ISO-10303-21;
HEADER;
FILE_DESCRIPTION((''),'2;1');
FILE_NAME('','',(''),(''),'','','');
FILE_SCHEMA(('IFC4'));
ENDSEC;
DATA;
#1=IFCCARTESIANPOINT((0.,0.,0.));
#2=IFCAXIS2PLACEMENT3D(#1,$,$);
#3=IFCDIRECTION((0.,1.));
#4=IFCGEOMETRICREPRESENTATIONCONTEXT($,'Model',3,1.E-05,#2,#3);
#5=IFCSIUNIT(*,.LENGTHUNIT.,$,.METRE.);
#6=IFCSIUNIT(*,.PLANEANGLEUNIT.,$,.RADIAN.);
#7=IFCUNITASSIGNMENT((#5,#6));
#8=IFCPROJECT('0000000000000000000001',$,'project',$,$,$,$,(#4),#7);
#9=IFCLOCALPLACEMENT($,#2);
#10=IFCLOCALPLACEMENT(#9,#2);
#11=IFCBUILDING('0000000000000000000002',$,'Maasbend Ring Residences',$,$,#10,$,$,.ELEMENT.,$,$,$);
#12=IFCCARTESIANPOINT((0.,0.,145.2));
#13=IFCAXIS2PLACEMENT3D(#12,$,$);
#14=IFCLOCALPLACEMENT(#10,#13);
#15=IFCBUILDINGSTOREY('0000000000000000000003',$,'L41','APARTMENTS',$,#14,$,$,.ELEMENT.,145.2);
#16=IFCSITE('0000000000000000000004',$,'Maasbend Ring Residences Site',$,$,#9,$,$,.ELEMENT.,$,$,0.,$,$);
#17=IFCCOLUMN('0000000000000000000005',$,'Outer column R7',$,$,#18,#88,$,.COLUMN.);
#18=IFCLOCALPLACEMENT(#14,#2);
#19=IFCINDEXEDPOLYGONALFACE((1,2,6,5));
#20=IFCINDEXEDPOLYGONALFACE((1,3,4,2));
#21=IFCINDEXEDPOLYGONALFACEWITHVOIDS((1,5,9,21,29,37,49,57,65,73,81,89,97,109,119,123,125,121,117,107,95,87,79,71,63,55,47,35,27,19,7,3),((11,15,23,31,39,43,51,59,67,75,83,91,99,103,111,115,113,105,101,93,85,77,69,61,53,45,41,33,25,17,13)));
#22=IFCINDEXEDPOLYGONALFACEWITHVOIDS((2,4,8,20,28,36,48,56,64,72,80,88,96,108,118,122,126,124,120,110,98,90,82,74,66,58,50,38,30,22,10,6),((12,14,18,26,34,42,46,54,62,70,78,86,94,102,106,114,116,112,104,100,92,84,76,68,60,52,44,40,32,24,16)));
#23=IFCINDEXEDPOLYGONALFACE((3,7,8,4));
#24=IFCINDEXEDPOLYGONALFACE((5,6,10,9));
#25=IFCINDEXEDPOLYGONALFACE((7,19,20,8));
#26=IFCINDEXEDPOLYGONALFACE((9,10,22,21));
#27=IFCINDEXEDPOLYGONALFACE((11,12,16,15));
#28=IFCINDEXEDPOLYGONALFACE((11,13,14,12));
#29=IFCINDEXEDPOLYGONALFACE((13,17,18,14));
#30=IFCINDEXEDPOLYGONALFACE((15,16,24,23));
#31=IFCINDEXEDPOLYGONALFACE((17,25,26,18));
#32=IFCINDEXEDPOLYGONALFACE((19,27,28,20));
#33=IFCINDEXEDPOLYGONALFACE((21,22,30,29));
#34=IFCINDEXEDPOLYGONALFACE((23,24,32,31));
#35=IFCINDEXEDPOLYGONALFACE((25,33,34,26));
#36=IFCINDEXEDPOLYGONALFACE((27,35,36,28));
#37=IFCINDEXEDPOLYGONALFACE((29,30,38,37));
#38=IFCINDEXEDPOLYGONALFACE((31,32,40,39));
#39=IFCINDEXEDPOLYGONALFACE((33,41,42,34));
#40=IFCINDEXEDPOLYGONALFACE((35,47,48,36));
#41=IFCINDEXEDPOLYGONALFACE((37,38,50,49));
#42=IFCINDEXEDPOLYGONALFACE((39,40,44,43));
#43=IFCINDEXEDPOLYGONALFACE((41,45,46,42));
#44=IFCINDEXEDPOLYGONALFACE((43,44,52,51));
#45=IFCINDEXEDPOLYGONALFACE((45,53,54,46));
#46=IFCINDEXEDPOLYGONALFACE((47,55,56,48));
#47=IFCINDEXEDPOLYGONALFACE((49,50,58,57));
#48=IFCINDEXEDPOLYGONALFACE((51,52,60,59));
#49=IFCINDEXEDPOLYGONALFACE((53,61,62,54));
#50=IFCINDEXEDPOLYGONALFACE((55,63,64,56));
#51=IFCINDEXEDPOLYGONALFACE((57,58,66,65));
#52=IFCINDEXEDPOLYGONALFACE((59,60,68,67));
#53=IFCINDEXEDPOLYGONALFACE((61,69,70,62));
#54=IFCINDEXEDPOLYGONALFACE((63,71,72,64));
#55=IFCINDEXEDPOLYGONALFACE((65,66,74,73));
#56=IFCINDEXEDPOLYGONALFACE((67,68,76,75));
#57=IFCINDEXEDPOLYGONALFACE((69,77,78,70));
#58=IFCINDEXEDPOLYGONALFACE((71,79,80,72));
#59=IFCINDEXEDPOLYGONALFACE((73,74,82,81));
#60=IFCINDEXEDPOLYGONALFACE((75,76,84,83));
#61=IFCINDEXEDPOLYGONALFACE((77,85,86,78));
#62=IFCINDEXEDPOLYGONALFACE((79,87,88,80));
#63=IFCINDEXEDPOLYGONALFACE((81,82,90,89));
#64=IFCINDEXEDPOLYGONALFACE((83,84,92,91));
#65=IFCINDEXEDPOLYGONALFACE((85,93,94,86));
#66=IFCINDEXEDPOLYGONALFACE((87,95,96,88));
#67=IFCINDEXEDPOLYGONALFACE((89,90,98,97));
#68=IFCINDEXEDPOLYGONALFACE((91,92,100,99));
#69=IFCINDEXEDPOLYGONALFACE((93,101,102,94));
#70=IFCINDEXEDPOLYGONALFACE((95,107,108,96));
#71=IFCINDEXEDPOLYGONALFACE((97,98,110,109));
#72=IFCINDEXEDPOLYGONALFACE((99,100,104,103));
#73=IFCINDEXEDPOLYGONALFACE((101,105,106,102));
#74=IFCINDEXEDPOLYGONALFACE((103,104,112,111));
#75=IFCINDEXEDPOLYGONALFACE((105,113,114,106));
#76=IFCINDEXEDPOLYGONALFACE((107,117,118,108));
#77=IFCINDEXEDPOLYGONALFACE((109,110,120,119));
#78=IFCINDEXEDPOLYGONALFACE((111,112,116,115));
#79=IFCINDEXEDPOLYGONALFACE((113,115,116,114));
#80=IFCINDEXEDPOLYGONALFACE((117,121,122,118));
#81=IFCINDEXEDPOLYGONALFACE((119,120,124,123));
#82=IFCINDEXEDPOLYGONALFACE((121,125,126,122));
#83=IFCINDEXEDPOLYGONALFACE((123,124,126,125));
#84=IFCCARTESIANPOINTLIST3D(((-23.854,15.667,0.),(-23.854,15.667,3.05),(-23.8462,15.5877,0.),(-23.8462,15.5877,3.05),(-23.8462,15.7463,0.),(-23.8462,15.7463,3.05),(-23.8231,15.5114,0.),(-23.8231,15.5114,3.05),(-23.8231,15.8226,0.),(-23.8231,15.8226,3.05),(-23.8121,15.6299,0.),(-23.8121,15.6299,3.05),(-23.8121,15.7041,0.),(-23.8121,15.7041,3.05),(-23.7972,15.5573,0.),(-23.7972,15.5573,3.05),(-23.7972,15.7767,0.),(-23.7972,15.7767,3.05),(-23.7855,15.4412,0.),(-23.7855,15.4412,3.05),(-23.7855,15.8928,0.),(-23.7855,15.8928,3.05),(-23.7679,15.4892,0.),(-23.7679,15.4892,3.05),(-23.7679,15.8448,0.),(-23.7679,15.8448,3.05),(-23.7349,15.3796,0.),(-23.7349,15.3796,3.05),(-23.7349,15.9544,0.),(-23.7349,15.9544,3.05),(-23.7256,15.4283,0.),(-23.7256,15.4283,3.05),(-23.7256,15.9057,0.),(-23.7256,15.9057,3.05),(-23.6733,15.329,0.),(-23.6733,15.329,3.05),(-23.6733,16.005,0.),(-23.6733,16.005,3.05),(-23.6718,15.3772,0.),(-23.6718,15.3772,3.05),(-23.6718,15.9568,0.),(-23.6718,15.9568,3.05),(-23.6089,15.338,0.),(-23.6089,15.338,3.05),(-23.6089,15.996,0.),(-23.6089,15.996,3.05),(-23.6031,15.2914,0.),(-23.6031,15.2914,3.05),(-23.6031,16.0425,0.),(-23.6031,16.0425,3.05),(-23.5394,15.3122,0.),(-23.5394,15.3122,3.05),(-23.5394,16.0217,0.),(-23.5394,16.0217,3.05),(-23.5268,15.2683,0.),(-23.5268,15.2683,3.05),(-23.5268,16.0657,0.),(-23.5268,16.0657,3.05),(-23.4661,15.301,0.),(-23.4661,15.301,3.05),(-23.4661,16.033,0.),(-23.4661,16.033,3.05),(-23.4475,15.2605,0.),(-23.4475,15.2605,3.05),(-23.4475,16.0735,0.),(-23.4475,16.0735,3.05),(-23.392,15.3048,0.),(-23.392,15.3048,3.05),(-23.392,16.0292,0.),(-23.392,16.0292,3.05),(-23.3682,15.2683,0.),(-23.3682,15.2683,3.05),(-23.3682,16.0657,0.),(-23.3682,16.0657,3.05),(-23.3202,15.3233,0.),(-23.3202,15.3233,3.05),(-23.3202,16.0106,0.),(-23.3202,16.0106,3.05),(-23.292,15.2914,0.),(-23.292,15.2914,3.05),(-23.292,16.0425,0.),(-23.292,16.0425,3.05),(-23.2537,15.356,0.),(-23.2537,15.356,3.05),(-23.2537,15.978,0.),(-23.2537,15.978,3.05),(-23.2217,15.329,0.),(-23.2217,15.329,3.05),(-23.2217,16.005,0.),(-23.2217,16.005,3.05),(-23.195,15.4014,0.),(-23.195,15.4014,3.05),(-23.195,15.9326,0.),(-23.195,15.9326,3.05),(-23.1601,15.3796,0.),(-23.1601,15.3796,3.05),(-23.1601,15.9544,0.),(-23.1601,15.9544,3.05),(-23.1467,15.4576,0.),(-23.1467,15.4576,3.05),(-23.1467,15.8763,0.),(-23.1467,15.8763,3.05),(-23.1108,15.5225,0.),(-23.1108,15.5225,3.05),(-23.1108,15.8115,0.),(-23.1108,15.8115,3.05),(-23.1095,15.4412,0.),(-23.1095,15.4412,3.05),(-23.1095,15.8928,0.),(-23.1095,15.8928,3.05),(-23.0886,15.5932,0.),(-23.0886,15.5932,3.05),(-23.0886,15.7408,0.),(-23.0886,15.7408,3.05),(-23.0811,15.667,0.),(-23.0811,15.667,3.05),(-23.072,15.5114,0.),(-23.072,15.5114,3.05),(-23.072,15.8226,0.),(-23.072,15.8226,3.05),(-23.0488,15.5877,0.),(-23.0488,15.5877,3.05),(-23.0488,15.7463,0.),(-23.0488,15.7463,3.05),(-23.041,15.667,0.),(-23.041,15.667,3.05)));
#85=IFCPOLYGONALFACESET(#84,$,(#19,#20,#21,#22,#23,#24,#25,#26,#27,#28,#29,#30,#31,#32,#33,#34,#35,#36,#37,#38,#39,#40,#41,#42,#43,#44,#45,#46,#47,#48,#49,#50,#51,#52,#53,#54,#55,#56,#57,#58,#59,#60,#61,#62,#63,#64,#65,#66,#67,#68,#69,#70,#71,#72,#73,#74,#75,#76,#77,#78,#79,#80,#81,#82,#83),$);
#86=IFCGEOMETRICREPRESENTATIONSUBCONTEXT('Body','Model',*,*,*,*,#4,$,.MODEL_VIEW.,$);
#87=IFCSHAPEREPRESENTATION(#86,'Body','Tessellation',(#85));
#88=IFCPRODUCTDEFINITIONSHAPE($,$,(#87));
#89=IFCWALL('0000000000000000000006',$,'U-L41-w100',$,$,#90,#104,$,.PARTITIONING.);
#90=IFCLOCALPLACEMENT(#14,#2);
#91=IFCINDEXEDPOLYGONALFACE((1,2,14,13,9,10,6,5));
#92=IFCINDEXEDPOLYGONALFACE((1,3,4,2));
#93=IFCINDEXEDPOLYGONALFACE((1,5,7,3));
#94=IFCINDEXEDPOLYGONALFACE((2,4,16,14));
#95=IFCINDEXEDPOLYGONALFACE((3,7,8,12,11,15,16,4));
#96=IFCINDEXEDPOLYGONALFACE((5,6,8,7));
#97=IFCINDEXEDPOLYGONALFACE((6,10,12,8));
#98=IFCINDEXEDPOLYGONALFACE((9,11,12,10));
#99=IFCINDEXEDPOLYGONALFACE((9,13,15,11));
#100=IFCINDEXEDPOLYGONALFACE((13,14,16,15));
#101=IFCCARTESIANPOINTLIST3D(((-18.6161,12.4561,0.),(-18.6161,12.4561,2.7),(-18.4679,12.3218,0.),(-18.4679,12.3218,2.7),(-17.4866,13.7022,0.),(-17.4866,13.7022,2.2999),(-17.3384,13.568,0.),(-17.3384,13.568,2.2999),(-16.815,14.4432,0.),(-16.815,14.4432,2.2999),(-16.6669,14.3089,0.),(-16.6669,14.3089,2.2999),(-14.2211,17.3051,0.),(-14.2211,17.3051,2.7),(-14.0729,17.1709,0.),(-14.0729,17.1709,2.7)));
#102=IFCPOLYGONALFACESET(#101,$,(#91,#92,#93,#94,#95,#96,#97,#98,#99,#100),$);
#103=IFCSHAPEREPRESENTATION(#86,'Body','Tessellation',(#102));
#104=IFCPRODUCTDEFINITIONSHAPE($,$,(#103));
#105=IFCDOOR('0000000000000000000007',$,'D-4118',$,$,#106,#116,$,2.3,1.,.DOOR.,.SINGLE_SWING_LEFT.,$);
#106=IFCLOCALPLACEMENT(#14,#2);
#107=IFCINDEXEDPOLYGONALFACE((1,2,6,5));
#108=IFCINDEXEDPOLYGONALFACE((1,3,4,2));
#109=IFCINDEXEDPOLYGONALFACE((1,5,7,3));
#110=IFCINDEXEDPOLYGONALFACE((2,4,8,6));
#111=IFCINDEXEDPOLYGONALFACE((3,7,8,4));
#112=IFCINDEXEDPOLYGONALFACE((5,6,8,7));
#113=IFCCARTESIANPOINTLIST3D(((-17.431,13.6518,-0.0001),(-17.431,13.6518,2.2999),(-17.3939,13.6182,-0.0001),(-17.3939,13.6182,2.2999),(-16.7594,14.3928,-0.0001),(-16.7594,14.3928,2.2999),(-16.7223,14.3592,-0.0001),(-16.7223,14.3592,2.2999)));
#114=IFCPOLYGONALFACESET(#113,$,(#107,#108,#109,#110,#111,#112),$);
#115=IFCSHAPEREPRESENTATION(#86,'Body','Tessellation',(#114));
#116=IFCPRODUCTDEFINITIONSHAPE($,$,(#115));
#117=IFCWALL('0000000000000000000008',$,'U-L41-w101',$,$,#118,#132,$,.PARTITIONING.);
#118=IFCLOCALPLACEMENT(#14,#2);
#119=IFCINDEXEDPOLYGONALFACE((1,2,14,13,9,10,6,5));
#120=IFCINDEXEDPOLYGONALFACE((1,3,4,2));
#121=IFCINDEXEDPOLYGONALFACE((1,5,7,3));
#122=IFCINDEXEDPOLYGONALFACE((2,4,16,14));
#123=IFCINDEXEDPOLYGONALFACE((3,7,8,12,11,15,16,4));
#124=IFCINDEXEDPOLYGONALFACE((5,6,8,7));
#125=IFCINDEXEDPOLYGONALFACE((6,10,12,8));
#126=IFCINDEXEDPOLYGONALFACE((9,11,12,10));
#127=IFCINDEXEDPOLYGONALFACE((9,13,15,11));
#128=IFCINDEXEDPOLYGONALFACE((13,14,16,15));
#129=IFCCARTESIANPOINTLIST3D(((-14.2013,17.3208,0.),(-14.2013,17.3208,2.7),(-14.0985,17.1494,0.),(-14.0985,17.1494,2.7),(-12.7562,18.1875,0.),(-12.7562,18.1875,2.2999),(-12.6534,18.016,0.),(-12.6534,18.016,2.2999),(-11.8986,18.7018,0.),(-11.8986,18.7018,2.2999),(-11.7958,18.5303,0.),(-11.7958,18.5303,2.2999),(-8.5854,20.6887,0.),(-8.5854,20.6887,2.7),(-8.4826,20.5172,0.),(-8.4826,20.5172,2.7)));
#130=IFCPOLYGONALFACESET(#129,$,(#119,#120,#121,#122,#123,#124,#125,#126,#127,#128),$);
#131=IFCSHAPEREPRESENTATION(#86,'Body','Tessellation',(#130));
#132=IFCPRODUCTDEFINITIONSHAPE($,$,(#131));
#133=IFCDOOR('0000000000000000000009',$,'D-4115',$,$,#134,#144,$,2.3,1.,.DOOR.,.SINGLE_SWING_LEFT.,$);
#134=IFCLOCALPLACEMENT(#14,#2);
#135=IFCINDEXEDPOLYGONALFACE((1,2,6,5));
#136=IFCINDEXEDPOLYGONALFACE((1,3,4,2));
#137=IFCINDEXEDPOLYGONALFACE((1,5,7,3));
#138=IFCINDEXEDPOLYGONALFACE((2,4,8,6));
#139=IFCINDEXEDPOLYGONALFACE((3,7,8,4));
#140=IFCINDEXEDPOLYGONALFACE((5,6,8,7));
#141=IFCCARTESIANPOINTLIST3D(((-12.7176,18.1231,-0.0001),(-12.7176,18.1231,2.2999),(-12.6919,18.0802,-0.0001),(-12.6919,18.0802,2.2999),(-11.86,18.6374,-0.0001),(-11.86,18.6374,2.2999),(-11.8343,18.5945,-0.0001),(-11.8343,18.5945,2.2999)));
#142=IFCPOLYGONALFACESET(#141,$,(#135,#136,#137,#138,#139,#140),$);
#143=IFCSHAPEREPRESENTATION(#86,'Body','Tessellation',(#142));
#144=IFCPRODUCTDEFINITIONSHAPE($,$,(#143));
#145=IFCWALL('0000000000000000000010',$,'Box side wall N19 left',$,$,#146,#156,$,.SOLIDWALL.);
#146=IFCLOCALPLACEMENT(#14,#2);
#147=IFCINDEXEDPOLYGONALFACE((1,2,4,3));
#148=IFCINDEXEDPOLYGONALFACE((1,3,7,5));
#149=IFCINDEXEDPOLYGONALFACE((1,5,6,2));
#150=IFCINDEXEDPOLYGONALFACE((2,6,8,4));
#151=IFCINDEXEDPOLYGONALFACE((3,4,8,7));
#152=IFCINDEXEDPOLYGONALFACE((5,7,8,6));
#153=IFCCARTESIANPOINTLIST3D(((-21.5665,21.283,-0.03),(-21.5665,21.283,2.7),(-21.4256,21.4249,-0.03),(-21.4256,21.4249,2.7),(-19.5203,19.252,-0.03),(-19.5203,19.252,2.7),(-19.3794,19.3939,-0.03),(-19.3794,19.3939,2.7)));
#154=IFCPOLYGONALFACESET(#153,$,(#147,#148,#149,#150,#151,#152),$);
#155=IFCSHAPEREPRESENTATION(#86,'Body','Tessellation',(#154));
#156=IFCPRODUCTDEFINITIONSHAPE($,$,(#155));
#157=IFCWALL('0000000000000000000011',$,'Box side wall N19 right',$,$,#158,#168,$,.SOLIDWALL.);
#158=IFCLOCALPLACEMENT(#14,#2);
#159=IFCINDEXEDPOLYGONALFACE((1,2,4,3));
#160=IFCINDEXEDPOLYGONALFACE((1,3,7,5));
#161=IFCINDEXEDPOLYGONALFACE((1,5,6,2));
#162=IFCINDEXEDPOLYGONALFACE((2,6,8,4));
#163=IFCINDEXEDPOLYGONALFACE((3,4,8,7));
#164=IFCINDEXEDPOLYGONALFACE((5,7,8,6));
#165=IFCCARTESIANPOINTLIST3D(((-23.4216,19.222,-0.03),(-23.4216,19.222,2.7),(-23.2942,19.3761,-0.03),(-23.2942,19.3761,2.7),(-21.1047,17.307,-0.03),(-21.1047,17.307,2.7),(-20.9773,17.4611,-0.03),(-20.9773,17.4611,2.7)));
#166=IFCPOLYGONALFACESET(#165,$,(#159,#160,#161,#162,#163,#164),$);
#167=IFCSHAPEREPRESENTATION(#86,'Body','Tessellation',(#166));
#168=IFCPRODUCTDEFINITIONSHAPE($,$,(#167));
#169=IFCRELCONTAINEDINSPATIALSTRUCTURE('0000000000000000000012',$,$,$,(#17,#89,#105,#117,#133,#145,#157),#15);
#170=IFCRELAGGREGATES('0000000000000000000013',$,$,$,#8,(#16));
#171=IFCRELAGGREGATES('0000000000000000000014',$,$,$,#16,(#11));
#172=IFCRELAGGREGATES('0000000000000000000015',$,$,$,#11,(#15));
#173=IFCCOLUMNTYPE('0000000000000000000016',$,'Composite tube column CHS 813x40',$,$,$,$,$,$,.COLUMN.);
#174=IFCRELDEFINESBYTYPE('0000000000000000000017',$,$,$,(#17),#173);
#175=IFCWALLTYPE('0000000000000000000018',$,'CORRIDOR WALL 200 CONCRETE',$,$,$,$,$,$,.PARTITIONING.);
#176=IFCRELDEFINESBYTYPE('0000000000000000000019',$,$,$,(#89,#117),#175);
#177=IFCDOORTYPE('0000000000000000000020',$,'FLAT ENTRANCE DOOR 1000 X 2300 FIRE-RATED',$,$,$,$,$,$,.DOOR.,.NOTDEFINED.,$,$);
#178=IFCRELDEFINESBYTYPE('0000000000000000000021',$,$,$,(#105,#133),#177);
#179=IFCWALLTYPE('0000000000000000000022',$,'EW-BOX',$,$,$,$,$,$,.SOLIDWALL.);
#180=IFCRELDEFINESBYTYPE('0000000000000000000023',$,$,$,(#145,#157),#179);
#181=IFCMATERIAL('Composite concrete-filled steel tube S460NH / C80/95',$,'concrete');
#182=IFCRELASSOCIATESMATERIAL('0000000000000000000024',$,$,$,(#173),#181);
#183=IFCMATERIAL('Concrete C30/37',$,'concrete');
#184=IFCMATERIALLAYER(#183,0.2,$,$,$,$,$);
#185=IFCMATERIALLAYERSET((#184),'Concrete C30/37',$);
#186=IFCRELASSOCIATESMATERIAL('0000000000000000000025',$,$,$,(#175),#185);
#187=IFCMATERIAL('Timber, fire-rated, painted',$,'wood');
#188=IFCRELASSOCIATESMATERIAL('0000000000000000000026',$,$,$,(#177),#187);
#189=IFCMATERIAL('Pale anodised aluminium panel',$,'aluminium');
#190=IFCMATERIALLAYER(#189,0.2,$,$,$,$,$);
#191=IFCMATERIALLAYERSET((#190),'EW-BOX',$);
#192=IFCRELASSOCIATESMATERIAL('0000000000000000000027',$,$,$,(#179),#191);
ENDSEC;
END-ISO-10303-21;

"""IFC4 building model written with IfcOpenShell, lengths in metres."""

from ifc_helpers import new_model, si_unit, direction, frame, frame_2d, origin, origin_2d, place, context, subcontext, project, spatial, rectangle, hollow_circle, extrude, material, layer, layer_set, material_profile, profile_set, type_object, element, fill, save


model = new_model("IFC4")

# Units and contexts
model_context = context("Model", 3, precision=1e-05, world=origin(), true_north=direction((0.0, 1.0)))
body_context = subcontext(model_context, "Body", "Model", "MODEL_VIEW")
ifc_project = project(units=[si_unit("LENGTHUNIT", "METRE"), si_unit("PLANEANGLEUNIT", "RADIAN")], contexts=[model_context])

# Site, building, storey
site_placement = place(None, origin())
site = spatial("IfcSite", under=ifc_project, at=site_placement, Name="Maasbend Ring Residences Site", CompositionType="ELEMENT", RefElevation=0.0)
building_placement = place(site_placement, origin())
building = spatial("IfcBuilding", under=site, at=building_placement, Name="Maasbend Ring Residences", CompositionType="ELEMENT")
storey_placement = place(building_placement, frame((0.0, 0.0, 145.2)))
storey = spatial("IfcBuildingStorey", under=building, at=storey_placement, Name="L41", Description="APARTMENTS", CompositionType="ELEMENT", Elevation=145.2)

# Column
ifc_material_1 = material(Name="Composite concrete-filled steel tube S460NH / C80/95", Category="concrete")
ifc_material_profile = material_profile(ifc_material_1, hollow_circle(Radius=0.4065, WallThickness=0.04, at=origin_2d()), Name="Composite tube column CHS 813x40")
ifc_profile_set = profile_set([ifc_material_profile], Name="Composite concrete-filled steel tube S460NH / C80/95")
column_type = type_object("IfcColumnType", Name="Composite tube column CHS 813x40", PredefinedType="COLUMN", material=ifc_profile_set)
column_placement = place(storey_placement, frame((-23.4475, 15.667, 0.0), z_axis=(0.0, 0.0, 1.0), x_axis=(1.0, 0.0, 0.0)))
element("IfcColumn", 1, at=column_placement, inside=storey, type_object=column_type, Name="Outer column R7", PredefinedType="COLUMN", context=body_context, shape_type="SweptSolid", body=[
    extrude(hollow_circle(Radius=0.4065, WallThickness=0.04, at=origin_2d()), origin(), (0.0, 0.0, 1.0), 3.05),
])

# Walls, openings, doors
ifc_material_2 = material(Name="Concrete C30/37", Category="concrete")
ifc_layer_1 = layer(ifc_material_2, 0.2)
ifc_layer_set_1 = layer_set([ifc_layer_1], Name="Concrete C30/37")
wall_type_1 = type_object("IfcWallType", Name="CORRIDOR WALL 200 CONCRETE", PredefinedType="PARTITIONING", material=ifc_layer_set_1)
wall_1_placement = place(storey_placement, frame((-18.542, 12.3889, 0.0), z_axis=(0.0, 0.0, 1.0), x_axis=(0.671562, 0.740949, 0.0)))
wall_1 = element("IfcWall", 2, at=wall_1_placement, inside=storey, type_object=wall_type_1, Name="U-L41-w100", PredefinedType="PARTITIONING", context=body_context, shape_type="SweptSolid", body=[
    extrude(rectangle(XDim=6.5444, YDim=0.2, at=frame_2d((3.2722, 0.0))), origin(), (0.0, 0.0, 1.0), 2.7),
])
opening_1_placement = place(wall_1_placement, frame((1.6819, 0.0, 0.0)))
opening_1 = element("IfcOpeningElement", 3, at=opening_1_placement, cuts=wall_1, PredefinedType="OPENING", context=body_context, shape_type="SweptSolid", body=[
    extrude(rectangle(XDim=1.0, YDim=2.3, at=frame_2d((0.5, 1.1499))), frame((0.0, 0.1099, 0.0), z_axis=(0.0, -1.0, 0.0), x_axis=(1.0, 0.0, 0.0)), (0.0, 0.0, 1.0), 0.22),
])
ifc_material_3 = material(Name="Timber, fire-rated, painted", Category="wood")
door_type_1 = type_object("IfcDoorType", Name="FLAT ENTRANCE DOOR 1000 X 2300 FIRE-RATED", OperationType="NOTDEFINED", PredefinedType="DOOR", material=ifc_material_3)
door_1_placement = place(opening_1_placement, origin())
door_1 = element("IfcDoor", 4, at=door_1_placement, inside=storey, type_object=door_type_1, Name="D-4118", OperationType="SINGLE_SWING_LEFT", OverallHeight=2.3, OverallWidth=1.0, PredefinedType="DOOR", context=body_context, shape_type="SweptSolid", body=[
    extrude(rectangle(XDim=1.0, YDim=2.3, at=frame_2d((0.5, 1.1499))), frame((0.0, 0.0249, 0.0), z_axis=(0.0, -1.0, 0.0), x_axis=(1.0, 0.0, 0.0)), (0.0, 0.0, 1.0), 0.05),
])
fill(opening_1, door_1)
wall_2_placement = place(storey_placement, frame((-14.1499, 17.2351, 0.0), z_axis=(0.0, 0.0, 1.0), x_axis=(0.857605, 0.514309, 0.0)))
wall_2 = element("IfcWall", 5, at=wall_2_placement, inside=storey, type_object=wall_type_1, Name="U-L41-w101", PredefinedType="PARTITIONING", context=body_context, shape_type="SweptSolid", body=[
    extrude(rectangle(XDim=6.5483, YDim=0.2, at=frame_2d((3.2742, 0.0))), origin(), (0.0, 0.0, 1.0), 2.7),
])
opening_2_placement = place(wall_2_placement, frame((1.6851, 0.0, 0.0)))
opening_2 = element("IfcOpeningElement", 6, at=opening_2_placement, cuts=wall_2, PredefinedType="OPENING", context=body_context, shape_type="SweptSolid", body=[
    extrude(rectangle(XDim=1.0, YDim=2.3, at=frame_2d((0.5, 1.1499))), frame((0.0, 0.1099, 0.0), z_axis=(0.0, -1.0, 0.0), x_axis=(1.0, 0.0, 0.0)), (0.0, 0.0, 1.0), 0.22),
])
door_2_placement = place(opening_2_placement, origin())
door_2 = element("IfcDoor", 7, at=door_2_placement, inside=storey, type_object=door_type_1, Name="D-4115", OperationType="SINGLE_SWING_LEFT", OverallHeight=2.3, OverallWidth=1.0, PredefinedType="DOOR", context=body_context, shape_type="SweptSolid", body=[
    extrude(rectangle(XDim=1.0, YDim=2.3, at=frame_2d((0.5, 1.1499))), frame((0.0, 0.0249, 0.0), z_axis=(0.0, -1.0, 0.0), x_axis=(1.0, 0.0, 0.0)), (0.0, 0.0, 1.0), 0.05),
])
fill(opening_2, door_2)

# Walls
ifc_material_4 = material(Name="Pale anodised aluminium panel", Category="aluminium")
ifc_layer_2 = layer(ifc_material_4, 0.2)
ifc_layer_set_2 = layer_set([ifc_layer_2], Name="EW-BOX")
wall_type_2 = type_object("IfcWallType", Name="EW-BOX", PredefinedType="SOLIDWALL", material=ifc_layer_set_2)
wall_3_placement = place(storey_placement, frame((-19.45, 19.323, -0.03), z_axis=(0.0, 0.0, 1.0), x_axis=(-0.709727, 0.704477, 0.0)))
element("IfcWall", 8, at=wall_3_placement, inside=storey, type_object=wall_type_2, Name="Box side wall N19 left", PredefinedType="SOLIDWALL", context=body_context, shape_type="SweptSolid", body=[
    extrude(rectangle(XDim=2.8831, YDim=0.2, at=frame_2d((1.4414, 0.0))), origin(), (0.0, 0.0, 1.0), 2.73),
])
wall_4_placement = place(storey_placement, frame((-21.041, 17.384, -0.03), z_axis=(0.0, 0.0, 1.0), x_axis=(-0.770785, 0.637096, 0.0)))
element("IfcWall", 9, at=wall_4_placement, inside=storey, type_object=wall_type_2, Name="Box side wall N19 right", PredefinedType="SOLIDWALL", context=body_context, shape_type="SweptSolid", body=[
    extrude(rectangle(XDim=3.0059, YDim=0.2, at=frame_2d((1.5029, 0.0))), origin(), (0.0, 0.0, 1.0), 2.73),
])

save(model, "model.ifc")
